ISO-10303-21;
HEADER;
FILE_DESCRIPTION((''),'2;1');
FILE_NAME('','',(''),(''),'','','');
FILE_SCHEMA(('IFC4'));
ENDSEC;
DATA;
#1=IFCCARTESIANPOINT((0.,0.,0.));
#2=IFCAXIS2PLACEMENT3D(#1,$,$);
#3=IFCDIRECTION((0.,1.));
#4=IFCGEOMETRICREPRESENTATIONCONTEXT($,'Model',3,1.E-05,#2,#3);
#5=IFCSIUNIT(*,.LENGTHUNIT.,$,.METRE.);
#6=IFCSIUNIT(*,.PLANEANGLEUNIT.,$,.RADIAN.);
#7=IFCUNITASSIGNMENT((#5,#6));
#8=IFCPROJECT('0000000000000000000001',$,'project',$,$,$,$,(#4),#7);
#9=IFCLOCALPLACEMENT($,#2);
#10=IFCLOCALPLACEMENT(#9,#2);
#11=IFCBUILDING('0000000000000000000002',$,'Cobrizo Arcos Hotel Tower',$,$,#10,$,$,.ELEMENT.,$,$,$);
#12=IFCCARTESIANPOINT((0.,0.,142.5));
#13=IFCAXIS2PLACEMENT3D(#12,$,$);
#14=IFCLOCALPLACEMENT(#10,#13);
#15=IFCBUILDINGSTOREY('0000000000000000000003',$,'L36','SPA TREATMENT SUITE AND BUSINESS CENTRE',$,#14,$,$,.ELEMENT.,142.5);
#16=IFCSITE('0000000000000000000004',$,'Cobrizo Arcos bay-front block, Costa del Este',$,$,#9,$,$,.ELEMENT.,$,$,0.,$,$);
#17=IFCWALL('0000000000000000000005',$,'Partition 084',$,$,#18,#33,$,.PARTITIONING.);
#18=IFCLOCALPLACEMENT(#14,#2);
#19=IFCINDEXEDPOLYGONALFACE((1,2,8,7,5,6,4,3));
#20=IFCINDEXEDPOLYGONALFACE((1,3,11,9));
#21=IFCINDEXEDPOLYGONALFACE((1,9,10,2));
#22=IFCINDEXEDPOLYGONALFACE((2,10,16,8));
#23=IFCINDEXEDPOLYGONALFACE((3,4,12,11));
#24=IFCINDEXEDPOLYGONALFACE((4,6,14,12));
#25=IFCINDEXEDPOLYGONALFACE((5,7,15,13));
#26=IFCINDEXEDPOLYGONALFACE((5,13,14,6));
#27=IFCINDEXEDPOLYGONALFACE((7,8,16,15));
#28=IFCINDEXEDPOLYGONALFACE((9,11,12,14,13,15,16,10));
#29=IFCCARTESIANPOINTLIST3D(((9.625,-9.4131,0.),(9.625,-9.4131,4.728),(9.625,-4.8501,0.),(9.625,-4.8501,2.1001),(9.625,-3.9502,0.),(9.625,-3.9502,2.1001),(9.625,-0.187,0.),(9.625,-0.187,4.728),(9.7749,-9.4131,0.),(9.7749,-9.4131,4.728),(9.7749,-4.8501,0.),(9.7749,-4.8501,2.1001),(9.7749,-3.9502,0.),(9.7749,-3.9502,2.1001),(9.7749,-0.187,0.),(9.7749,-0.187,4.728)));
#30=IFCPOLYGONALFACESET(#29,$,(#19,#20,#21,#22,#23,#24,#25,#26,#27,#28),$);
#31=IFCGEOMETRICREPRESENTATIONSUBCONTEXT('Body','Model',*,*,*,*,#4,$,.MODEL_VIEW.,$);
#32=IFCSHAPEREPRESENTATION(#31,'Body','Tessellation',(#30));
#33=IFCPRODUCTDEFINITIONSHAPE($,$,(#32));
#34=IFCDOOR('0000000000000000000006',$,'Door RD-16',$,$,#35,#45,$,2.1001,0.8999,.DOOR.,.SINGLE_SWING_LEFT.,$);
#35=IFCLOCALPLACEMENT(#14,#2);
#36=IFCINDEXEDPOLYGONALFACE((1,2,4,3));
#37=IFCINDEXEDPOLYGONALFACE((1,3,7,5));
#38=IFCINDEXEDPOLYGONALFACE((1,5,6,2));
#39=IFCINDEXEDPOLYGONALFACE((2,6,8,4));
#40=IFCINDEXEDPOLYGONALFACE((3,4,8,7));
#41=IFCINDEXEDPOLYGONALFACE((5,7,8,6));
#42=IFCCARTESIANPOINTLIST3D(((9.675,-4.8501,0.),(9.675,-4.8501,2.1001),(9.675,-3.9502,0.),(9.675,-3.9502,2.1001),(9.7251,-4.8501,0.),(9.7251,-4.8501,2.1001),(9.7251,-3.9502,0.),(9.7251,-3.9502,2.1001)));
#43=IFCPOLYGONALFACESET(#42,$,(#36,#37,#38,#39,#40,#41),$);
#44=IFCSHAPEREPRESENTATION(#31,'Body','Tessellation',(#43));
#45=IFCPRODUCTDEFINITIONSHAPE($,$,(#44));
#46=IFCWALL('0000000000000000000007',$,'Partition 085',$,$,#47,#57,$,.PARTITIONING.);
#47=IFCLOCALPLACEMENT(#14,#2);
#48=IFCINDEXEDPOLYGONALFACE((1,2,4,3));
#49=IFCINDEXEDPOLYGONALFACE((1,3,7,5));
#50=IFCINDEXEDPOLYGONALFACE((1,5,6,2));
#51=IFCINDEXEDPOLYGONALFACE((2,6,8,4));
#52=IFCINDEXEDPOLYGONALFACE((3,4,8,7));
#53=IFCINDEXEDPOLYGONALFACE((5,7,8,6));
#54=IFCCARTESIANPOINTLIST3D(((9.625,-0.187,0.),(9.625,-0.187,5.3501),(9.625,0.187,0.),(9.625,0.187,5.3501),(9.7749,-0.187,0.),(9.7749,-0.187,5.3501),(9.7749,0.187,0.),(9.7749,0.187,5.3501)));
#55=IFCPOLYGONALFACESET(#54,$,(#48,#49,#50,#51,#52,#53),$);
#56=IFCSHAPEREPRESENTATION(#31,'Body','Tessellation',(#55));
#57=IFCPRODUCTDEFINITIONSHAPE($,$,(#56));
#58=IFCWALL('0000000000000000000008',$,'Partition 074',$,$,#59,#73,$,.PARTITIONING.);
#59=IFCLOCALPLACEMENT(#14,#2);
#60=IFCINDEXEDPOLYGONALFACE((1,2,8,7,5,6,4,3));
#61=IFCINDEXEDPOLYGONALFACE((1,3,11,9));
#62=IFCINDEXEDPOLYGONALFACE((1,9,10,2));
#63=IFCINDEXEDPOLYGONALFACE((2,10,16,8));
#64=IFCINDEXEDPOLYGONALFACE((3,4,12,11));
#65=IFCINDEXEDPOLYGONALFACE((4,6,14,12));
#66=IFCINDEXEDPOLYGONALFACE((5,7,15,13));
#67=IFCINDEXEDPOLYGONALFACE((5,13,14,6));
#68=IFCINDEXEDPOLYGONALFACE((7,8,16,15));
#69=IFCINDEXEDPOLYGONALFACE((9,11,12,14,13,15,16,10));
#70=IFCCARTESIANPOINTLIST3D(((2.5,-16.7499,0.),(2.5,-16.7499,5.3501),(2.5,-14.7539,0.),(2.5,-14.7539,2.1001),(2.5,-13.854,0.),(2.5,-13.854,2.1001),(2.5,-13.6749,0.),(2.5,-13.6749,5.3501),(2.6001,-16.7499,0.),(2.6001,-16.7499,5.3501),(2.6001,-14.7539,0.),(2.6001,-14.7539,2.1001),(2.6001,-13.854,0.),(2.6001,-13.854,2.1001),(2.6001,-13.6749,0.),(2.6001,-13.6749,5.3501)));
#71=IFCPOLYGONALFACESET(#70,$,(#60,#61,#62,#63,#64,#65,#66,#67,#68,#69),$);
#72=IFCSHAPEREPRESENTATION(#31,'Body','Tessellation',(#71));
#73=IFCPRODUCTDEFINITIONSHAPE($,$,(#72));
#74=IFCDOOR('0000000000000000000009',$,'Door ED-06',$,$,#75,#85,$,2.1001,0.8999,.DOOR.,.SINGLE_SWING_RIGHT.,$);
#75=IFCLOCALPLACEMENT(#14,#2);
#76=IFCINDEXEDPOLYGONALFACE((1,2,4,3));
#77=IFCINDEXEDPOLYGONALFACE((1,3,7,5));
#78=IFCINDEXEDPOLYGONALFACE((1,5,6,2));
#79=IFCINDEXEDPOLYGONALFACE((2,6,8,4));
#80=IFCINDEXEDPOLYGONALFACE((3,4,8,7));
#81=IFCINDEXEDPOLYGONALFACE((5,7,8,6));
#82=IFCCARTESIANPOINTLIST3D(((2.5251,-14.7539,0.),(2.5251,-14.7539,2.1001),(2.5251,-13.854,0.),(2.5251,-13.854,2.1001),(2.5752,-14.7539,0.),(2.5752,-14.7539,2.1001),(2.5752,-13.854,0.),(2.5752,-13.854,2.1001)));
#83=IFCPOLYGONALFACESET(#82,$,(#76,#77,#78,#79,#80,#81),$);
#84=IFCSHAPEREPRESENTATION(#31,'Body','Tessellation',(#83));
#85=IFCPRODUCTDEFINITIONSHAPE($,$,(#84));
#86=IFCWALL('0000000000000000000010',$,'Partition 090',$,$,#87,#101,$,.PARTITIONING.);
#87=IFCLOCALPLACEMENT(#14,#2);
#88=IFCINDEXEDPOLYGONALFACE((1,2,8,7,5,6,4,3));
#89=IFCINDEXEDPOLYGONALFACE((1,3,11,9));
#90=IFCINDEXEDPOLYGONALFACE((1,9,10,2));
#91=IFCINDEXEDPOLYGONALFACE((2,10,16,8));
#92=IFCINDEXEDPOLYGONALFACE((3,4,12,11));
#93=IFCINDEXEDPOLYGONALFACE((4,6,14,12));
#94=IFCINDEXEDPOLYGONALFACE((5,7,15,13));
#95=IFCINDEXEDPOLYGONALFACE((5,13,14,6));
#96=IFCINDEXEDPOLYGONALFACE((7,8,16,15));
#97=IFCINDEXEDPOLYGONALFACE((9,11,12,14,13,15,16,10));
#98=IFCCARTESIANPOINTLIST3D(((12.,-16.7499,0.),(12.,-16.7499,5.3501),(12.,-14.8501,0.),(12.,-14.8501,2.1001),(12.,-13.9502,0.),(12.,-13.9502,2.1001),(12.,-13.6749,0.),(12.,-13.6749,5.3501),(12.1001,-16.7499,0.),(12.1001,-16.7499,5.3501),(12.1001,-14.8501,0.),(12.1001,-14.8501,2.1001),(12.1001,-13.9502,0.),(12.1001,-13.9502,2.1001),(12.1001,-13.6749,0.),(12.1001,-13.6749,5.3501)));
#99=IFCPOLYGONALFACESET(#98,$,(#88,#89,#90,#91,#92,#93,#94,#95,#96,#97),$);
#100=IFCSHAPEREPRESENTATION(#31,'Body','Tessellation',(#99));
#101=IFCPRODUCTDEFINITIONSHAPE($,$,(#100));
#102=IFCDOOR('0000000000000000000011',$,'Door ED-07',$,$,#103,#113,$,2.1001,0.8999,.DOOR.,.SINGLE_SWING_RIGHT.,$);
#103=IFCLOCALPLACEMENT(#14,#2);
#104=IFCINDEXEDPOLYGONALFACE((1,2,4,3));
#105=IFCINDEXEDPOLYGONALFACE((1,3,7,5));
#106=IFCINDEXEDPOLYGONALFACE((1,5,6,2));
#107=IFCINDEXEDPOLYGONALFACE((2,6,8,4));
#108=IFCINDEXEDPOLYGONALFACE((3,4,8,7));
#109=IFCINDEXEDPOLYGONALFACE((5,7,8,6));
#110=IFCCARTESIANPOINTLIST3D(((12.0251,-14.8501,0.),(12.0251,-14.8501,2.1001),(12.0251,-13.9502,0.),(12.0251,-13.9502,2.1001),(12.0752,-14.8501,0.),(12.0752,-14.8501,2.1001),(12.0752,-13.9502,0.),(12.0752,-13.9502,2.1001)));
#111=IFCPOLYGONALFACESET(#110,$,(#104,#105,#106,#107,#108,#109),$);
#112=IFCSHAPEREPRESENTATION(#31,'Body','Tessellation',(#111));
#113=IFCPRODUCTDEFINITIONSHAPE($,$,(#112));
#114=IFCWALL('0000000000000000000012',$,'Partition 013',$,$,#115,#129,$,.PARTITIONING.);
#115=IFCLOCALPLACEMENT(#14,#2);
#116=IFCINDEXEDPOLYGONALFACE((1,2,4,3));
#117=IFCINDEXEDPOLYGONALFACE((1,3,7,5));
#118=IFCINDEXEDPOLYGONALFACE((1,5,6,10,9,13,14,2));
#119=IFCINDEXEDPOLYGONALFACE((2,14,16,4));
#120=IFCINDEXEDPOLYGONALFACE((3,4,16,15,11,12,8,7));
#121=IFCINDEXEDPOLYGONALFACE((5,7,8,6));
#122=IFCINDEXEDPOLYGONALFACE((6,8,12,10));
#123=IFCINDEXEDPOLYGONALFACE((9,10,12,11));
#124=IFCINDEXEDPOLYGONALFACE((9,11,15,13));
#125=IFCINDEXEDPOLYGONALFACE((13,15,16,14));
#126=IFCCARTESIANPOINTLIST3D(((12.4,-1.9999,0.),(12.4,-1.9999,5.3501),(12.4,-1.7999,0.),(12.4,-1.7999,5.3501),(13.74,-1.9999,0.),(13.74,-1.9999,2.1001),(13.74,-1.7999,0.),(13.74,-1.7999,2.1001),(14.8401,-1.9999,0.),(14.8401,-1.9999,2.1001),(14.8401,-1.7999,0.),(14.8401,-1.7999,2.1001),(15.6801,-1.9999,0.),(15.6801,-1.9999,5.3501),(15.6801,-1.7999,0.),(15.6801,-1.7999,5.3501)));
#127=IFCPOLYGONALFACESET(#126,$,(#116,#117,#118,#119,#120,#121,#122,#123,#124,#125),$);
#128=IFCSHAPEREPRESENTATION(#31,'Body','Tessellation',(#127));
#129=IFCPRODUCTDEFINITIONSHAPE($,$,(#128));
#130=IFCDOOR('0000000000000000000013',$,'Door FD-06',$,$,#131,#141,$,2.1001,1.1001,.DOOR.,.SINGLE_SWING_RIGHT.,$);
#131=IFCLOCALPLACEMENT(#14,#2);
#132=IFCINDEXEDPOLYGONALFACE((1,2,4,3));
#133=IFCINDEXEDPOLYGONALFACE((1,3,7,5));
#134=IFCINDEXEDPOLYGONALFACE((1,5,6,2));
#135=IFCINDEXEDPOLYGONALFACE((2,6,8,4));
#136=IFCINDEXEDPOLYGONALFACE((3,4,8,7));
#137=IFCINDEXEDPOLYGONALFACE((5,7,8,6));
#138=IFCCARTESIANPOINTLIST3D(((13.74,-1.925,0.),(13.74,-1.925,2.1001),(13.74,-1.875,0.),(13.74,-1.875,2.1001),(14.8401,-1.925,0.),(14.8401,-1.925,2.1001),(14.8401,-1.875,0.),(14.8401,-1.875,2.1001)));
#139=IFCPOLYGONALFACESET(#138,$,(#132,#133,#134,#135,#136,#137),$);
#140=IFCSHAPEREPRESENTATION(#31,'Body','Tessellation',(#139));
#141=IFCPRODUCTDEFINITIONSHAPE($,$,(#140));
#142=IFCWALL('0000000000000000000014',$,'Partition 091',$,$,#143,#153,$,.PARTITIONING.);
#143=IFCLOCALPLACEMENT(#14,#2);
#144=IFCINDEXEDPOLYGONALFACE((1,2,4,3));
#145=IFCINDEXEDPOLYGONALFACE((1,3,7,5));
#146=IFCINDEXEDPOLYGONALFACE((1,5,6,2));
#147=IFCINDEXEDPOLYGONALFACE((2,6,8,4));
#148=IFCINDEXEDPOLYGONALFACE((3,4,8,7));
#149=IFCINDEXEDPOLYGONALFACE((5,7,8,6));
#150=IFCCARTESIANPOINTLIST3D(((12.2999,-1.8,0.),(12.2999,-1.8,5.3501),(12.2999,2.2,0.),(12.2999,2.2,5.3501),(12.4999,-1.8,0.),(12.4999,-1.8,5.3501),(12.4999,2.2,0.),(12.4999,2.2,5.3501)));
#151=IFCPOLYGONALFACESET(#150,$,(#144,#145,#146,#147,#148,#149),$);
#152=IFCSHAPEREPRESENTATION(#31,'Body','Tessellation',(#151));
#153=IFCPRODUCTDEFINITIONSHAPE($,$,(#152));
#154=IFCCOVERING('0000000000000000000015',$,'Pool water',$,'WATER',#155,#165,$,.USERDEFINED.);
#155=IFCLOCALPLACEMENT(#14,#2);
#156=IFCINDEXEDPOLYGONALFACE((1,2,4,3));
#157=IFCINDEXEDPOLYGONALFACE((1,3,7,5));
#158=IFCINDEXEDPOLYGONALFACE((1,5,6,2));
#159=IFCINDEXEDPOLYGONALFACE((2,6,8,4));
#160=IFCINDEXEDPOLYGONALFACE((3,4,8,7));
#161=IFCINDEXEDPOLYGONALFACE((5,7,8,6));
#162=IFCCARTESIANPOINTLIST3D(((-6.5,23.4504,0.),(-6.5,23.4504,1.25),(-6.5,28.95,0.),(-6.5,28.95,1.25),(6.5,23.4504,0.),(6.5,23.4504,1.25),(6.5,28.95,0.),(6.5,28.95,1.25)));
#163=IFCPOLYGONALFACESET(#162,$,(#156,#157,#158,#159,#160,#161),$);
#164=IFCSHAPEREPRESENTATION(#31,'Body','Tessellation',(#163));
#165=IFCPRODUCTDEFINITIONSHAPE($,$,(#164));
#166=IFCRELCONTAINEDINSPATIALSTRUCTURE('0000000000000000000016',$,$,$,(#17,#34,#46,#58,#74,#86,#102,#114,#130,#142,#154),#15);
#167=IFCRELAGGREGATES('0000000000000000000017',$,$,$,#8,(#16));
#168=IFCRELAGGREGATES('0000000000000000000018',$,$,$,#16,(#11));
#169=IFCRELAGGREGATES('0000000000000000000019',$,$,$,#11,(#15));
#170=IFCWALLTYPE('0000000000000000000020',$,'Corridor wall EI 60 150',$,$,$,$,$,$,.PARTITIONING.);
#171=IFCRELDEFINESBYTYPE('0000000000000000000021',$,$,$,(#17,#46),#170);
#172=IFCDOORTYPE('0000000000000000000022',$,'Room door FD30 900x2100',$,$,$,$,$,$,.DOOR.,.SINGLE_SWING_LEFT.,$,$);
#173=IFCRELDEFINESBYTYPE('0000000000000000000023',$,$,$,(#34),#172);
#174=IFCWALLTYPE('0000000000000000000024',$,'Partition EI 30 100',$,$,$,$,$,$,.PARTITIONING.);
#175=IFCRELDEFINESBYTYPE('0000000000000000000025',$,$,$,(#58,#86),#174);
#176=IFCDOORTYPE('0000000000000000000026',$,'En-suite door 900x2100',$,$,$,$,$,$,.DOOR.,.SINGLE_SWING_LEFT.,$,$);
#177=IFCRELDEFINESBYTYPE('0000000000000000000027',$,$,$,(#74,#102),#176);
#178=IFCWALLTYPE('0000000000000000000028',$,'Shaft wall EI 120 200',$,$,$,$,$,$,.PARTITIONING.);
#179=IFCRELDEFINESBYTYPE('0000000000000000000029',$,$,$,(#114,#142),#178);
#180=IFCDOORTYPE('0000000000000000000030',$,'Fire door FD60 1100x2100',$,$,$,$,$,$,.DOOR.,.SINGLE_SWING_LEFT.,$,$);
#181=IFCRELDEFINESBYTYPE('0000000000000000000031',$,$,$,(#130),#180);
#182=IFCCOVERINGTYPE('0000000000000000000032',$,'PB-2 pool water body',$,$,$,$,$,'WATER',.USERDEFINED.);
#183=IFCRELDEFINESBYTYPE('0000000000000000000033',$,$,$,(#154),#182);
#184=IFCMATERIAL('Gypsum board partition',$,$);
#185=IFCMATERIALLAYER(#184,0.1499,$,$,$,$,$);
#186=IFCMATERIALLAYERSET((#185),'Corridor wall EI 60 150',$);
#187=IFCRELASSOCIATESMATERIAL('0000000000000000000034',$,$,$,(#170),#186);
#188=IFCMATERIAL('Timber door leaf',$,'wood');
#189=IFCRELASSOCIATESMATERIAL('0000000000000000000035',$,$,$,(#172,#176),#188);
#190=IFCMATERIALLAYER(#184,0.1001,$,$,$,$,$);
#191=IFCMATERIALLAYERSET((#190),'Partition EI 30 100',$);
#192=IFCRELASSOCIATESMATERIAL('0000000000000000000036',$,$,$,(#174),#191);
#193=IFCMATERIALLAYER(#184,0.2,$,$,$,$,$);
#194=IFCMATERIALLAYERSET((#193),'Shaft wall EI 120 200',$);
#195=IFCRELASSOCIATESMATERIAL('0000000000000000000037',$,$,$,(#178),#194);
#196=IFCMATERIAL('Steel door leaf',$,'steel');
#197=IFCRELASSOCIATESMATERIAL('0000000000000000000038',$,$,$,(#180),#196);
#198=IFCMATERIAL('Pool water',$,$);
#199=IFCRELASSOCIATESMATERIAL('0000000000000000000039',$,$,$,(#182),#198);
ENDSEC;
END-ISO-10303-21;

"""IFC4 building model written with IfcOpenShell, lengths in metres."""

from ifc_helpers import new_model, si_unit, direction, frame, frame_2d, origin, place, context, subcontext, project, spatial, polyline, rectangle, outline, extrude, material, layer, layer_set, type_object, element, fill, save


model = new_model("IFC4")

# Units and contexts
model_context = context("Model", 3, precision=1e-05, world=origin(), true_north=direction((0.0, 1.0)))
body_context = subcontext(model_context, "Body", "Model", "MODEL_VIEW")
ifc_project = project(units=[si_unit("LENGTHUNIT", "METRE"), si_unit("PLANEANGLEUNIT", "RADIAN")], contexts=[model_context])

# Site, building, storey
site_placement = place(None, origin())
site = spatial("IfcSite", under=ifc_project, at=site_placement, Name="Cobrizo Arcos bay-front block, Costa del Este", CompositionType="ELEMENT", RefElevation=0.0)
building_placement = place(site_placement, origin())
building = spatial("IfcBuilding", under=site, at=building_placement, Name="Cobrizo Arcos Hotel Tower", CompositionType="ELEMENT")
storey_placement = place(building_placement, frame((0.0, 0.0, 142.5)))
storey = spatial("IfcBuildingStorey", under=building, at=storey_placement, Name="L36", Description="SPA TREATMENT SUITE AND BUSINESS CENTRE", CompositionType="ELEMENT", Elevation=142.5)

# Shared definitions
ifc_material_1 = material(Name="Gypsum board partition")
ifc_layer_1 = layer(ifc_material_1, 0.1499)
ifc_layer_set_1 = layer_set([ifc_layer_1], Name="Corridor wall EI 60 150")
wall_type_1 = type_object("IfcWallType", Name="Corridor wall EI 60 150", PredefinedType="PARTITIONING", material=ifc_layer_set_1)

# Wall, opening, door
wall_1_placement = place(storey_placement, frame((9.7, -9.4131, 0.0), z_axis=(0.0, 0.0, 1.0), x_axis=(0.0, 1.0, 0.0)))
wall_1 = element("IfcWall", 1, at=wall_1_placement, inside=storey, type_object=wall_type_1, Name="Partition 084", PredefinedType="PARTITIONING", context=body_context, shape_type="SweptSolid", body=[
    extrude(rectangle(XDim=9.2261, YDim=0.1499, at=frame_2d((4.613, 0.0))), origin(), (0.0, 0.0, 1.0), 4.728),
])
opening_1_placement = place(wall_1_placement, frame((4.563, 0.0, 0.0)))
opening_1 = element("IfcOpeningElement", 2, at=opening_1_placement, cuts=wall_1, PredefinedType="OPENING", context=body_context, shape_type="SweptSolid", body=[
    extrude(rectangle(XDim=0.8999, YDim=2.1001, at=frame_2d((0.45, 1.05))), frame((0.0, 0.0869, 0.0), z_axis=(0.0, -1.0, 0.0), x_axis=(1.0, 0.0, 0.0)), (0.0, 0.0, 1.0), 0.1738),
])
ifc_material_2 = material(Name="Timber door leaf", Category="wood")
door_type_1 = type_object("IfcDoorType", Name="Room door FD30 900x2100", OperationType="SINGLE_SWING_LEFT", PredefinedType="DOOR", material=ifc_material_2)
door_1_placement = place(opening_1_placement, origin())
door_1 = element("IfcDoor", 3, at=door_1_placement, inside=storey, type_object=door_type_1, Name="Door RD-16", OperationType="SINGLE_SWING_LEFT", OverallHeight=2.1001, OverallWidth=0.8999, PredefinedType="DOOR", context=body_context, shape_type="SweptSolid", body=[
    extrude(rectangle(XDim=0.8999, YDim=2.1001, at=frame_2d((0.45, 1.05))), frame((0.0, 0.0249, 0.0), z_axis=(0.0, -1.0, 0.0), x_axis=(1.0, 0.0, 0.0)), (0.0, 0.0, 1.0), 0.05),
])
fill(opening_1, door_1)

# Wall
wall_2_placement = place(storey_placement, frame((9.7, -0.187, 0.0), z_axis=(0.0, 0.0, 1.0), x_axis=(0.0, 1.0, 0.0)))
element("IfcWall", 4, at=wall_2_placement, inside=storey, type_object=wall_type_1, Name="Partition 085", PredefinedType="PARTITIONING", context=body_context, shape_type="SweptSolid", body=[
    extrude(rectangle(XDim=0.374, YDim=0.1499, at=frame_2d((0.187, 0.0))), origin(), (0.0, 0.0, 1.0), 5.3501),
])

# Walls, openings, doors
ifc_layer_2 = layer(ifc_material_1, 0.1001)
ifc_layer_set_2 = layer_set([ifc_layer_2], Name="Partition EI 30 100")
wall_type_2 = type_object("IfcWallType", Name="Partition EI 30 100", PredefinedType="PARTITIONING", material=ifc_layer_set_2)
wall_3_placement = place(storey_placement, frame((2.55, -16.75, 0.0), z_axis=(0.0, 0.0, 1.0), x_axis=(0.0, 1.0, 0.0)))
wall_3 = element("IfcWall", 5, at=wall_3_placement, inside=storey, type_object=wall_type_2, Name="Partition 074", PredefinedType="PARTITIONING", context=body_context, shape_type="SweptSolid", body=[
    extrude(rectangle(XDim=3.075, YDim=0.1001, at=frame_2d((1.5376, 0.0))), origin(), (0.0, 0.0, 1.0), 5.3501),
])
opening_2_placement = place(wall_3_placement, frame((1.9961, 0.0, 0.0)))
opening_2 = element("IfcOpeningElement", 6, at=opening_2_placement, cuts=wall_3, PredefinedType="OPENING", context=body_context, shape_type="SweptSolid", body=[
    extrude(rectangle(XDim=0.8999, YDim=2.1001, at=frame_2d((0.45, 1.05))), frame((0.0, 0.062, 0.0), z_axis=(0.0, -1.0, 0.0), x_axis=(1.0, 0.0, 0.0)), (0.0, 0.0, 1.0), 0.124),
])
door_type_2 = type_object("IfcDoorType", Name="En-suite door 900x2100", OperationType="SINGLE_SWING_LEFT", PredefinedType="DOOR", material=ifc_material_2)
door_2_placement = place(opening_2_placement, origin())
door_2 = element("IfcDoor", 7, at=door_2_placement, inside=storey, type_object=door_type_2, Name="Door ED-06", OperationType="SINGLE_SWING_RIGHT", OverallHeight=2.1001, OverallWidth=0.8999, PredefinedType="DOOR", context=body_context, shape_type="SweptSolid", body=[
    extrude(rectangle(XDim=0.8999, YDim=2.1001, at=frame_2d((0.45, 1.05))), frame((0.0, 0.0249, 0.0), z_axis=(0.0, -1.0, 0.0), x_axis=(1.0, 0.0, 0.0)), (0.0, 0.0, 1.0), 0.05),
])
fill(opening_2, door_2)
wall_4_placement = place(storey_placement, frame((12.05, -16.75, 0.0), z_axis=(0.0, 0.0, 1.0), x_axis=(0.0, 1.0, 0.0)))
wall_4 = element("IfcWall", 8, at=wall_4_placement, inside=storey, type_object=wall_type_2, Name="Partition 090", PredefinedType="PARTITIONING", context=body_context, shape_type="SweptSolid", body=[
    extrude(rectangle(XDim=3.075, YDim=0.1001, at=frame_2d((1.5376, 0.0))), origin(), (0.0, 0.0, 1.0), 5.3501),
])
opening_3_placement = place(wall_4_placement, frame((1.8999, 0.0, 0.0)))
opening_3 = element("IfcOpeningElement", 9, at=opening_3_placement, cuts=wall_4, PredefinedType="OPENING", context=body_context, shape_type="SweptSolid", body=[
    extrude(rectangle(XDim=0.8999, YDim=2.1001, at=frame_2d((0.45, 1.05))), frame((0.0, 0.062, 0.0), z_axis=(0.0, -1.0, 0.0), x_axis=(1.0, 0.0, 0.0)), (0.0, 0.0, 1.0), 0.124),
])
door_3_placement = place(opening_3_placement, origin())
door_3 = element("IfcDoor", 10, at=door_3_placement, inside=storey, type_object=door_type_2, Name="Door ED-07", OperationType="SINGLE_SWING_RIGHT", OverallHeight=2.1001, OverallWidth=0.8999, PredefinedType="DOOR", context=body_context, shape_type="SweptSolid", body=[
    extrude(rectangle(XDim=0.8999, YDim=2.1001, at=frame_2d((0.45, 1.05))), frame((0.0, 0.0249, 0.0), z_axis=(0.0, -1.0, 0.0), x_axis=(1.0, 0.0, 0.0)), (0.0, 0.0, 1.0), 0.05),
])
fill(opening_3, door_3)
ifc_layer_3 = layer(ifc_material_1, 0.2)
ifc_layer_set_3 = layer_set([ifc_layer_3], Name="Shaft wall EI 120 200")
wall_type_3 = type_object("IfcWallType", Name="Shaft wall EI 120 200", PredefinedType="PARTITIONING", material=ifc_layer_set_3)
wall_5_placement = place(storey_placement, frame((12.3999, -1.8999, 0.0), z_axis=(0.0, 0.0, 1.0), x_axis=(1.0, 0.0, 0.0)))
wall_5 = element("IfcWall", 11, at=wall_5_placement, inside=storey, type_object=wall_type_3, Name="Partition 013", PredefinedType="PARTITIONING", context=body_context, shape_type="SweptSolid", body=[
    extrude(rectangle(XDim=3.28, YDim=0.2, at=frame_2d((1.6401, 0.0))), origin(), (0.0, 0.0, 1.0), 5.3501),
])
opening_4_placement = place(wall_5_placement, frame((1.3401, 0.0, 0.0)))
opening_4 = element("IfcOpeningElement", 12, at=opening_4_placement, cuts=wall_5, PredefinedType="OPENING", context=body_context, shape_type="SweptSolid", body=[
    extrude(rectangle(XDim=1.1001, YDim=2.1001, at=frame_2d((0.55, 1.05))), frame((0.0, 0.1121, 0.0), z_axis=(0.0, -1.0, 0.0), x_axis=(1.0, 0.0, 0.0)), (0.0, 0.0, 1.0), 0.2239),
])
ifc_material_3 = material(Name="Steel door leaf", Category="steel")
door_type_3 = type_object("IfcDoorType", Name="Fire door FD60 1100x2100", OperationType="SINGLE_SWING_LEFT", PredefinedType="DOOR", material=ifc_material_3)
door_4_placement = place(opening_4_placement, origin())
door_4 = element("IfcDoor", 13, at=door_4_placement, inside=storey, type_object=door_type_3, Name="Door FD-06", OperationType="SINGLE_SWING_RIGHT", OverallHeight=2.1001, OverallWidth=1.1001, PredefinedType="DOOR", context=body_context, shape_type="SweptSolid", body=[
    extrude(rectangle(XDim=1.1001, YDim=2.1001, at=frame_2d((0.55, 1.05))), frame((0.0, 0.0249, 0.0), z_axis=(0.0, -1.0, 0.0), x_axis=(1.0, 0.0, 0.0)), (0.0, 0.0, 1.0), 0.05),
])
fill(opening_4, door_4)

# Wall
wall_6_placement = place(storey_placement, frame((12.3999, -1.8, 0.0), z_axis=(0.0, 0.0, 1.0), x_axis=(0.0, 1.0, 0.0)))
element("IfcWall", 14, at=wall_6_placement, inside=storey, type_object=wall_type_3, Name="Partition 091", PredefinedType="PARTITIONING", context=body_context, shape_type="SweptSolid", body=[
    extrude(rectangle(XDim=4.0, YDim=0.2, at=frame_2d((2.0, 0.0))), origin(), (0.0, 0.0, 1.0), 5.3501),
])

# Covering
ifc_material_4 = material(Name="Pool water")
covering_type = type_object("IfcCoveringType", Name="PB-2 pool water body", ElementType="WATER", PredefinedType="USERDEFINED", material=ifc_material_4)
covering_placement = place(storey_placement, origin())
element("IfcCovering", 15, at=covering_placement, inside=storey, type_object=covering_type, Name="Pool water", ObjectType="WATER", PredefinedType="USERDEFINED", context=body_context, shape_type="SweptSolid", body=[
    extrude(outline(polyline([(-6.5, 23.4504), (6.5, 23.4504), (6.5, 28.95), (-6.5, 28.95), (-6.5, 23.4504)])), origin(), (0.0, 0.0, 1.0), 1.25),
])

save(model, "model.ifc")
